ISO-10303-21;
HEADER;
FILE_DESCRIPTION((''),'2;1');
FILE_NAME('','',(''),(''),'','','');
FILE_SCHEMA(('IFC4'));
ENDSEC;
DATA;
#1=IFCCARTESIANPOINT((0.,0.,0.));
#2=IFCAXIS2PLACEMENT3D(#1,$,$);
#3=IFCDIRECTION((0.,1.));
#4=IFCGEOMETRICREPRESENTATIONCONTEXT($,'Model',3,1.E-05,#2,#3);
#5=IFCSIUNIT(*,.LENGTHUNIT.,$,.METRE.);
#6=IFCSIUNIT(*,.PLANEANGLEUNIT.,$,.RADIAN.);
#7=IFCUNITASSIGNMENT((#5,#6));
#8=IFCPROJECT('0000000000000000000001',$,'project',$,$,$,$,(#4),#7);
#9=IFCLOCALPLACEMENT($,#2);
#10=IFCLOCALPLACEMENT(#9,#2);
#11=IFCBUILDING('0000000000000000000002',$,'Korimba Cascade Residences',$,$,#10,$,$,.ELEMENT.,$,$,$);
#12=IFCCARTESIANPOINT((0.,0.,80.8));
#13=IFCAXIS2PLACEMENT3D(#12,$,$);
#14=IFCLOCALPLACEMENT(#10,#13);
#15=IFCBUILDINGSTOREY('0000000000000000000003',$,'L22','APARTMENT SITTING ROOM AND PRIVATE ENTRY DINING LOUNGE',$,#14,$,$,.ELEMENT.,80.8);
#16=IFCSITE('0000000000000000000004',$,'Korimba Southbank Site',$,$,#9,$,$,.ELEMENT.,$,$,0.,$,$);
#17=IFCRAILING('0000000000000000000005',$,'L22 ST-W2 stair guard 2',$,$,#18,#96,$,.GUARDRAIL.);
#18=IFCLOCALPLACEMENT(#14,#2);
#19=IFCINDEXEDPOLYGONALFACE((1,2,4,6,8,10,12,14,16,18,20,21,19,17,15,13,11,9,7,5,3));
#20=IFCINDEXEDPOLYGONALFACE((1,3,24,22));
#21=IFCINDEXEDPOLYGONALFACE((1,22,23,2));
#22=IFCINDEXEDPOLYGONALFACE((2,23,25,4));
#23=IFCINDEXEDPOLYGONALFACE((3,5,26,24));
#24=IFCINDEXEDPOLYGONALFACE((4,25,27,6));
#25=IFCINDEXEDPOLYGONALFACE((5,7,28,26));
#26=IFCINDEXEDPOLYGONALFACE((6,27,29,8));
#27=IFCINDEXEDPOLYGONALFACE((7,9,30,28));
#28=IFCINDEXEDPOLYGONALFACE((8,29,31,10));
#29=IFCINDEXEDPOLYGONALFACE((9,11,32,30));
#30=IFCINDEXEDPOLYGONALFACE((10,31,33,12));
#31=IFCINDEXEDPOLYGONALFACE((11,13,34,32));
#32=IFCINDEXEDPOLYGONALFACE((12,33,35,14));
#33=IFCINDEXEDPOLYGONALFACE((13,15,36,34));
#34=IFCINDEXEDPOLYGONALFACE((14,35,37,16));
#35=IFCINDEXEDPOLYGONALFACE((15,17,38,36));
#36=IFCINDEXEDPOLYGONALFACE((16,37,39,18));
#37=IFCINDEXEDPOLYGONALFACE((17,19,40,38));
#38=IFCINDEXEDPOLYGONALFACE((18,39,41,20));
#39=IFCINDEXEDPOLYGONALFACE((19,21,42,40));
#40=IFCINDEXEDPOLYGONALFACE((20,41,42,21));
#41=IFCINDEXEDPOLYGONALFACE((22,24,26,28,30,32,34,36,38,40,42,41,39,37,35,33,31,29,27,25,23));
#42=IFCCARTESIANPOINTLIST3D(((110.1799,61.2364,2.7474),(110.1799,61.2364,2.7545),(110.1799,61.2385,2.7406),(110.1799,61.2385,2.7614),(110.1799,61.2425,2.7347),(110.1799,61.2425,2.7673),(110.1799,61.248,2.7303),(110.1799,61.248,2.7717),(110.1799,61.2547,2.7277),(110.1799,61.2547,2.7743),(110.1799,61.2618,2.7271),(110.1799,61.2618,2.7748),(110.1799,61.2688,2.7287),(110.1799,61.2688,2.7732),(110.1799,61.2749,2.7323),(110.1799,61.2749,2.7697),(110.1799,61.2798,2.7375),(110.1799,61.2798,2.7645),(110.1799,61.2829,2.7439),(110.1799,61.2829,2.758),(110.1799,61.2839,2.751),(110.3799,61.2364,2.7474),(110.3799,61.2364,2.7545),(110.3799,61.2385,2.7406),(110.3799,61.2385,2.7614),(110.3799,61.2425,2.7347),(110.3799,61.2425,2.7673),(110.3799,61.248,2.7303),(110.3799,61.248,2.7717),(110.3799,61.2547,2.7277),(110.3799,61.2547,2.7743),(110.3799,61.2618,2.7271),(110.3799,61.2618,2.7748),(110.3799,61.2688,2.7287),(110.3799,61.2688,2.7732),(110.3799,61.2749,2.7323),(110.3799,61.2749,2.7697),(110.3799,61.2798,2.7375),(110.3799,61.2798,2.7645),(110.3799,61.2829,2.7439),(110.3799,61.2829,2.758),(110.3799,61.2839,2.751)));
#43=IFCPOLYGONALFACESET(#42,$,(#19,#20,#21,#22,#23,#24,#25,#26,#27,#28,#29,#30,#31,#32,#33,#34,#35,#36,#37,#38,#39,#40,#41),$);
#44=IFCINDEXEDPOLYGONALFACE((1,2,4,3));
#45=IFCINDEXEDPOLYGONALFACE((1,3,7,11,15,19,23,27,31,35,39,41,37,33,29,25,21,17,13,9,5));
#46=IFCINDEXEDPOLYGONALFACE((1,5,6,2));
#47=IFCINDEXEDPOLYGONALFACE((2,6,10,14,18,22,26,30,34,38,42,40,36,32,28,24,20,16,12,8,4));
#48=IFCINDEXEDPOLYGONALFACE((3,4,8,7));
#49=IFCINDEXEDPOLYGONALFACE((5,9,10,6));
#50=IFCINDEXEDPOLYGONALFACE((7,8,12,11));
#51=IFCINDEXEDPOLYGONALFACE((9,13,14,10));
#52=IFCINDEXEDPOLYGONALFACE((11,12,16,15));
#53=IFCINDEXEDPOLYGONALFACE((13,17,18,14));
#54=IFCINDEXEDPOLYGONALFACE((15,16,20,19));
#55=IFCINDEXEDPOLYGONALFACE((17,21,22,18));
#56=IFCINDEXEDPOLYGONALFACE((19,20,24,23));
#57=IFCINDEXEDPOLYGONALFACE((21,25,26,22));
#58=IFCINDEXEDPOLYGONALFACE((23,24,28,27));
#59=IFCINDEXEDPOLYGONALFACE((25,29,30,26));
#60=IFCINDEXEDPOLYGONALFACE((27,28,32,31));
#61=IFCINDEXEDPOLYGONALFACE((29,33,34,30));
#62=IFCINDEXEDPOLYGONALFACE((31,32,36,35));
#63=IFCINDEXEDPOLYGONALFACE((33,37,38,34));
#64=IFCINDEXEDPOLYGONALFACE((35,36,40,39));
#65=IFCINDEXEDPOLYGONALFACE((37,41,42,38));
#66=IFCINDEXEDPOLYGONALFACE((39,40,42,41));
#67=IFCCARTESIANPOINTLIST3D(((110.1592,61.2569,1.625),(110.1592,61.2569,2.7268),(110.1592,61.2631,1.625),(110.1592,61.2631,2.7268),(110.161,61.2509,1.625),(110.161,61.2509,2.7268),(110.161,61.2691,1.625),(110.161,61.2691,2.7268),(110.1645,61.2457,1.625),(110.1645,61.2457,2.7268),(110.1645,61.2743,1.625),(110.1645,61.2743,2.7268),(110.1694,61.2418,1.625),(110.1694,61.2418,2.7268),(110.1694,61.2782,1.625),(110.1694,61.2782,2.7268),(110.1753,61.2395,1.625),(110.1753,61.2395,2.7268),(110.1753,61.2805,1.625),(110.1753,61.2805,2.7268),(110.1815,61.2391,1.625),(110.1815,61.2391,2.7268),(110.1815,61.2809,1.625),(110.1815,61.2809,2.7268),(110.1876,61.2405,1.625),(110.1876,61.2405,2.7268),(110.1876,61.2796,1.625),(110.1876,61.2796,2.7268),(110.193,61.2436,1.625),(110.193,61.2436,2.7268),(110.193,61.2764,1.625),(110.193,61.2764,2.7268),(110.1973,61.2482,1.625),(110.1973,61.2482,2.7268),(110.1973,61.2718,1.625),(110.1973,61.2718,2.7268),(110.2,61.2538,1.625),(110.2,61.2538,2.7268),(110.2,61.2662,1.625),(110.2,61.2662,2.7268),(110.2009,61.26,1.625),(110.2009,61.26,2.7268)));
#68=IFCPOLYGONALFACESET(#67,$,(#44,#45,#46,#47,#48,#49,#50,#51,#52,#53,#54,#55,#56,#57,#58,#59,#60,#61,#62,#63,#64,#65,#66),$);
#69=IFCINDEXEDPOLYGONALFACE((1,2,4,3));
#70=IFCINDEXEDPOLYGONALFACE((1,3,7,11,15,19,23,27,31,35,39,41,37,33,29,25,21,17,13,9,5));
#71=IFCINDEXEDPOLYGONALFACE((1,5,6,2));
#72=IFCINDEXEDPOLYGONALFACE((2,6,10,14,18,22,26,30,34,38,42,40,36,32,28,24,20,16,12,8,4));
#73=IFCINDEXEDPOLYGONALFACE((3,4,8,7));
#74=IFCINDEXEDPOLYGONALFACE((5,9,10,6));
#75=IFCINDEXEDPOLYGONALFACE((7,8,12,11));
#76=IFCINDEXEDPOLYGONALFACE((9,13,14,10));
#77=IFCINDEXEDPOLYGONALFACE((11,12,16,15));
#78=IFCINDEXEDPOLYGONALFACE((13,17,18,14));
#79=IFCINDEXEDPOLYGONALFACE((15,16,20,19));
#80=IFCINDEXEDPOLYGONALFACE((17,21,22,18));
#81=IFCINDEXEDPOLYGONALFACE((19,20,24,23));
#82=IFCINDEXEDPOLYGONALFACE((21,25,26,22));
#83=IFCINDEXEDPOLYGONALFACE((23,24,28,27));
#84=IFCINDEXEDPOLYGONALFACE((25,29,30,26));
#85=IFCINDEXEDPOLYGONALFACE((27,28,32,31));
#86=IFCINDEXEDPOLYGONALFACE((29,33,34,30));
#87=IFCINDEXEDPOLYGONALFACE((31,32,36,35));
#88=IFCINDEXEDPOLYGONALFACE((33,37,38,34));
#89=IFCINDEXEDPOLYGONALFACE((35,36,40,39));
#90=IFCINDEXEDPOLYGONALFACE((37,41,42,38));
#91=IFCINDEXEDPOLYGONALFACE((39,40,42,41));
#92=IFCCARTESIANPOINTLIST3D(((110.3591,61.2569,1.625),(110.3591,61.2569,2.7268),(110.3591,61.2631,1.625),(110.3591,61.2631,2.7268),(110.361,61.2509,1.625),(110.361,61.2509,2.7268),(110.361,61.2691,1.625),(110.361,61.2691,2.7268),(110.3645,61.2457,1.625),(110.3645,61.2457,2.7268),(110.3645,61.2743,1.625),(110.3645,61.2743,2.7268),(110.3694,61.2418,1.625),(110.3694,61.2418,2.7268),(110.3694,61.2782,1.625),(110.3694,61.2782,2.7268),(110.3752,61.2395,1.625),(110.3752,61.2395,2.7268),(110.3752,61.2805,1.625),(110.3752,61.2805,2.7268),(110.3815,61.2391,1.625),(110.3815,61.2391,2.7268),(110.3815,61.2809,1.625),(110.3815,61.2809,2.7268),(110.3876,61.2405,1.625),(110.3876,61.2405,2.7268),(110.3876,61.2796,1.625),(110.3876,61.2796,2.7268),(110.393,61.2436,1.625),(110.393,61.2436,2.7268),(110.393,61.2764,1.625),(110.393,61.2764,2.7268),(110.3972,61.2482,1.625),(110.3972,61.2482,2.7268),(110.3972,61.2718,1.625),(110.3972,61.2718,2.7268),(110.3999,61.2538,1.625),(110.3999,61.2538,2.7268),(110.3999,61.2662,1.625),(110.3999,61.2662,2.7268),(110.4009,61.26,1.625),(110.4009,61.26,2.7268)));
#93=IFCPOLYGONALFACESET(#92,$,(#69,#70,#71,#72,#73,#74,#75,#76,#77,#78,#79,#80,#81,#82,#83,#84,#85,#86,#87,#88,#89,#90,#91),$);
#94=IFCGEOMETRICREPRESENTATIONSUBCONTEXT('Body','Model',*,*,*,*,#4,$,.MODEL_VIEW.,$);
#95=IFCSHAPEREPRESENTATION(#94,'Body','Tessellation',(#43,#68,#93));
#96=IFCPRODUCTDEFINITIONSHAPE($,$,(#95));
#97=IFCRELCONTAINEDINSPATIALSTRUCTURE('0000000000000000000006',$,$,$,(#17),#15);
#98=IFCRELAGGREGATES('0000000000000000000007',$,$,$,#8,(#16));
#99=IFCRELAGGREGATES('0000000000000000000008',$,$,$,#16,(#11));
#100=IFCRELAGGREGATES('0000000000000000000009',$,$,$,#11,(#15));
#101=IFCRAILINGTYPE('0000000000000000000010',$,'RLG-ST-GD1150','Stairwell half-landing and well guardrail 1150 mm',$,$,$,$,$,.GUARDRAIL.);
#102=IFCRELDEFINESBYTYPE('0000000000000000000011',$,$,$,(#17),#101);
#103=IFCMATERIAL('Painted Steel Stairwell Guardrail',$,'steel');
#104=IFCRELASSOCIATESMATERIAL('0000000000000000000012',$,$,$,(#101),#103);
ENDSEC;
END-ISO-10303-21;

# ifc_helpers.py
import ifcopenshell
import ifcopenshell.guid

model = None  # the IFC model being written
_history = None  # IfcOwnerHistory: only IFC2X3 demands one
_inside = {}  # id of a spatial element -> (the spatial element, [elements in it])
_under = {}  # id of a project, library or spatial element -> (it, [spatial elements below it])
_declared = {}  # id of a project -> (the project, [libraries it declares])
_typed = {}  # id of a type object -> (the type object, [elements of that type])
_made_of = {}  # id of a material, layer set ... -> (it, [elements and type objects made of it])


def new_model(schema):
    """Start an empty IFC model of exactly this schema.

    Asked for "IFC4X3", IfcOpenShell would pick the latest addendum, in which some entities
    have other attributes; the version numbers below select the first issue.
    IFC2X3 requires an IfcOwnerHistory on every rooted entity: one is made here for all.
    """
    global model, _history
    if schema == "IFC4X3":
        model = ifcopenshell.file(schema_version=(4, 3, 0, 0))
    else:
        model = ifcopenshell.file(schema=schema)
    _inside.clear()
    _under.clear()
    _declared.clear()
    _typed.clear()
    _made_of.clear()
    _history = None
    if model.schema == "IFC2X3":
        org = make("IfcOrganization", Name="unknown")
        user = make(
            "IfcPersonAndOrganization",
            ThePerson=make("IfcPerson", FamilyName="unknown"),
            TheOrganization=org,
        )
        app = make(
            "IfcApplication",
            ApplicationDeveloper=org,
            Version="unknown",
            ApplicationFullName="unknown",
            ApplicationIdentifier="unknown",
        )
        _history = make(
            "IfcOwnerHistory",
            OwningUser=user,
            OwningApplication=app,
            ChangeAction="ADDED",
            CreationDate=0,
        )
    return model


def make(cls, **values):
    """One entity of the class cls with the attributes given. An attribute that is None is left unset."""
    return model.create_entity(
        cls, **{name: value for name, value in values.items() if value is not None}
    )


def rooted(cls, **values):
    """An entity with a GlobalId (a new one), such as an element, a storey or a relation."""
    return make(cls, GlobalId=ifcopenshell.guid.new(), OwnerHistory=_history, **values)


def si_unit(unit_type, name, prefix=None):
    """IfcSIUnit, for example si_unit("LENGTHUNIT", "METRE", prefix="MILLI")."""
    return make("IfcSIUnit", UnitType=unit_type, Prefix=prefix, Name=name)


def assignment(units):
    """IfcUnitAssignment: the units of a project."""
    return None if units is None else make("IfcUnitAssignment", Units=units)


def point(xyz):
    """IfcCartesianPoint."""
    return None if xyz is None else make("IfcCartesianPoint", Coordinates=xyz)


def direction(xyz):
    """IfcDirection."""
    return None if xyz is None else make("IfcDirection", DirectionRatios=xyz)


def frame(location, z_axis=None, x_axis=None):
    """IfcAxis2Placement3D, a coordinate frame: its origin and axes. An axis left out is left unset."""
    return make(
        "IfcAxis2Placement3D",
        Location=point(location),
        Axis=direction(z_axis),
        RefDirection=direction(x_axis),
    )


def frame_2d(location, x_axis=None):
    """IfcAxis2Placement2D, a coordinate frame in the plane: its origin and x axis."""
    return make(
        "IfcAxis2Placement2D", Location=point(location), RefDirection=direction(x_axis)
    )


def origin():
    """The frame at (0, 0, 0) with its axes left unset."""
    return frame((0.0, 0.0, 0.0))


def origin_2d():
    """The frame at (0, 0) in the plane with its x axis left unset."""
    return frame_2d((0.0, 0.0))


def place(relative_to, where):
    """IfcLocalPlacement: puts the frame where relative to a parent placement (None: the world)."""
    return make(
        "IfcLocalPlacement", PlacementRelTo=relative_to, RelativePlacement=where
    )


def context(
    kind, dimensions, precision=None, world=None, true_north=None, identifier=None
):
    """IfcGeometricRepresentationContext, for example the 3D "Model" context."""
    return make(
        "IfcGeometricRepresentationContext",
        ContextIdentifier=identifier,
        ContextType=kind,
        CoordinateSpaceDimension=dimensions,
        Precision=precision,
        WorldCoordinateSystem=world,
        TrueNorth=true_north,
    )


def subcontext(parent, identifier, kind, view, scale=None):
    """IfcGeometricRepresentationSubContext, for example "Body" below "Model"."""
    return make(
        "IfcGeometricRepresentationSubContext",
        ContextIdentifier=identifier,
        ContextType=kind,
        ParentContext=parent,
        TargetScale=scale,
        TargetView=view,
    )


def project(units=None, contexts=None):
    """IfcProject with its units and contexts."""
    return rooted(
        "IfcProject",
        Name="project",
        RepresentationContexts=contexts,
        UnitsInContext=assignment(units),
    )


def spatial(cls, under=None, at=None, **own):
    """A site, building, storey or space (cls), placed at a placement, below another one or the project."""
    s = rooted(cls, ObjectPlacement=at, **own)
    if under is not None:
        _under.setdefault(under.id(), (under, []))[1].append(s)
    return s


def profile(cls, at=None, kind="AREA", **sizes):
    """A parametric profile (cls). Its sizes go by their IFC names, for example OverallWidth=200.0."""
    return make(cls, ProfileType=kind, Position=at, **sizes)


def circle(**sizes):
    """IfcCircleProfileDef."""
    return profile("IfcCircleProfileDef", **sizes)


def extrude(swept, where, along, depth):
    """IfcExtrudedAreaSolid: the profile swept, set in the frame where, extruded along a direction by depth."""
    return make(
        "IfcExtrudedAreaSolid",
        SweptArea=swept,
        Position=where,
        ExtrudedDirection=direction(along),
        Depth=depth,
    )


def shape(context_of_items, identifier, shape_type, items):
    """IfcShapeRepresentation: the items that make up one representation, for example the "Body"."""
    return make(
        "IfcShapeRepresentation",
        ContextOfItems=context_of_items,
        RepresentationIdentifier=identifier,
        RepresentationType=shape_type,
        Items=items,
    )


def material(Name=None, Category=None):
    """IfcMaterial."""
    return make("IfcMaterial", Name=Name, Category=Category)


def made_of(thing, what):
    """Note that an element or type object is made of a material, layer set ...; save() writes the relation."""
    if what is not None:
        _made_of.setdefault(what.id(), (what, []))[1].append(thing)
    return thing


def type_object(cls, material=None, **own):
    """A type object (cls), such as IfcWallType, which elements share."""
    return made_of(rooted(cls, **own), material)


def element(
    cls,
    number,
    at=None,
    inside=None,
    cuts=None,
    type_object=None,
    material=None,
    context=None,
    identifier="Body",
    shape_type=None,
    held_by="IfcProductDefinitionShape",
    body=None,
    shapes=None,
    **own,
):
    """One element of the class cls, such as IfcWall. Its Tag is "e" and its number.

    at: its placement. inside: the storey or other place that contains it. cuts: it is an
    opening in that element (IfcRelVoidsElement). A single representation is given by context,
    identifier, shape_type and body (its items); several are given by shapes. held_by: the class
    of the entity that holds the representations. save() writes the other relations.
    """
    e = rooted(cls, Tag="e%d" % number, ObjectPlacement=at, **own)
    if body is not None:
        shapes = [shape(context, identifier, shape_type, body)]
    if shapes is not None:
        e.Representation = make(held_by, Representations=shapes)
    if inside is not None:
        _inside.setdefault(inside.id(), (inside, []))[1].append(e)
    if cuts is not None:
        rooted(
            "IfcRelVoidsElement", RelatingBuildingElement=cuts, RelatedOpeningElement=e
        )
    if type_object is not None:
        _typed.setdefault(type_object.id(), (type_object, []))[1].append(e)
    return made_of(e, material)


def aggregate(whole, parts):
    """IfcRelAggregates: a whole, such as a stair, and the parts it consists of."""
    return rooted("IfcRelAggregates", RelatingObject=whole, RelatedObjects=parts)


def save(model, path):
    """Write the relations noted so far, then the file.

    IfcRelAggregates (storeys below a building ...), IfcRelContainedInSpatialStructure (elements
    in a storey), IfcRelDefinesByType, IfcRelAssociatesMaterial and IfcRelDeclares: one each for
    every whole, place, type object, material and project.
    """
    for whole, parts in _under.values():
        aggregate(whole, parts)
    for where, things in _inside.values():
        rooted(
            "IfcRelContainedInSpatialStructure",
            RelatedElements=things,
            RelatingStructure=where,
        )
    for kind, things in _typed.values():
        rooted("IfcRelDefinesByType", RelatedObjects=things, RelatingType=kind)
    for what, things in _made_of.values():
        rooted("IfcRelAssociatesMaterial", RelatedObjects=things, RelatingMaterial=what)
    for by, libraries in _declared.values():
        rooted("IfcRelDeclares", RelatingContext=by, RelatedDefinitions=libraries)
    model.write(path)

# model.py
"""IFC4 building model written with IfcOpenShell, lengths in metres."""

from ifc_helpers import new_model, si_unit, direction, frame, origin, origin_2d, place, context, subcontext, project, spatial, circle, extrude, material, type_object, element, save


model = new_model("IFC4")

# Units and contexts
model_context = context("Model", 3, precision=1e-05, world=origin(), true_north=direction((0.0, 1.0)))
body_context = subcontext(model_context, "Body", "Model", "MODEL_VIEW")
ifc_project = project(units=[si_unit("LENGTHUNIT", "METRE"), si_unit("PLANEANGLEUNIT", "RADIAN")], contexts=[model_context])

# Site, building, storey
site_placement = place(None, origin())
site = spatial("IfcSite", under=ifc_project, at=site_placement, Name="Korimba Southbank Site", CompositionType="ELEMENT", RefElevation=0.0)
building_placement = place(site_placement, origin())
building = spatial("IfcBuilding", under=site, at=building_placement, Name="Korimba Cascade Residences", CompositionType="ELEMENT")
storey_placement = place(building_placement, frame((0.0, 0.0, 80.8)))
storey = spatial("IfcBuildingStorey", under=building, at=storey_placement, Name="L22", Description="APARTMENT SITTING ROOM AND PRIVATE ENTRY DINING LOUNGE", CompositionType="ELEMENT", Elevation=80.8)

# Railing
ifc_material_1 = material(Name="Painted Steel Stairwell Guardrail", Category="steel")
railing_type_1 = type_object("IfcRailingType", Name="RLG-ST-GD1150", Description="Stairwell half-landing and well guardrail 1150 mm", PredefinedType="GUARDRAIL", material=ifc_material_1)
railing_1_placement = place(storey_placement, frame((110.1799, 61.26, 1.625)))
element("IfcRailing", 1, at=railing_1_placement, inside=storey, type_object=railing_type_1, Name="L22 ST-W2 stair guard 2", PredefinedType="GUARDRAIL", context=body_context, shape_type="SweptSolid", body=[
    extrude(circle(Radius=0.0239, at=origin_2d()), frame((0.0, 0.0, 1.126), z_axis=(1.0, 0.0, 0.0), x_axis=(0.0, 1.0, 0.0)), (0.0, 0.0, 1.0), 0.2),
    extrude(circle(Radius=0.021, at=origin_2d()), origin(), (0.0, 0.0, 1.0), 1.1018),
    extrude(circle(Radius=0.021, at=origin_2d()), frame((0.2, 0.0, 0.0)), (0.0, 0.0, 1.0), 1.1018),
])

save(model, "model.ifc")
